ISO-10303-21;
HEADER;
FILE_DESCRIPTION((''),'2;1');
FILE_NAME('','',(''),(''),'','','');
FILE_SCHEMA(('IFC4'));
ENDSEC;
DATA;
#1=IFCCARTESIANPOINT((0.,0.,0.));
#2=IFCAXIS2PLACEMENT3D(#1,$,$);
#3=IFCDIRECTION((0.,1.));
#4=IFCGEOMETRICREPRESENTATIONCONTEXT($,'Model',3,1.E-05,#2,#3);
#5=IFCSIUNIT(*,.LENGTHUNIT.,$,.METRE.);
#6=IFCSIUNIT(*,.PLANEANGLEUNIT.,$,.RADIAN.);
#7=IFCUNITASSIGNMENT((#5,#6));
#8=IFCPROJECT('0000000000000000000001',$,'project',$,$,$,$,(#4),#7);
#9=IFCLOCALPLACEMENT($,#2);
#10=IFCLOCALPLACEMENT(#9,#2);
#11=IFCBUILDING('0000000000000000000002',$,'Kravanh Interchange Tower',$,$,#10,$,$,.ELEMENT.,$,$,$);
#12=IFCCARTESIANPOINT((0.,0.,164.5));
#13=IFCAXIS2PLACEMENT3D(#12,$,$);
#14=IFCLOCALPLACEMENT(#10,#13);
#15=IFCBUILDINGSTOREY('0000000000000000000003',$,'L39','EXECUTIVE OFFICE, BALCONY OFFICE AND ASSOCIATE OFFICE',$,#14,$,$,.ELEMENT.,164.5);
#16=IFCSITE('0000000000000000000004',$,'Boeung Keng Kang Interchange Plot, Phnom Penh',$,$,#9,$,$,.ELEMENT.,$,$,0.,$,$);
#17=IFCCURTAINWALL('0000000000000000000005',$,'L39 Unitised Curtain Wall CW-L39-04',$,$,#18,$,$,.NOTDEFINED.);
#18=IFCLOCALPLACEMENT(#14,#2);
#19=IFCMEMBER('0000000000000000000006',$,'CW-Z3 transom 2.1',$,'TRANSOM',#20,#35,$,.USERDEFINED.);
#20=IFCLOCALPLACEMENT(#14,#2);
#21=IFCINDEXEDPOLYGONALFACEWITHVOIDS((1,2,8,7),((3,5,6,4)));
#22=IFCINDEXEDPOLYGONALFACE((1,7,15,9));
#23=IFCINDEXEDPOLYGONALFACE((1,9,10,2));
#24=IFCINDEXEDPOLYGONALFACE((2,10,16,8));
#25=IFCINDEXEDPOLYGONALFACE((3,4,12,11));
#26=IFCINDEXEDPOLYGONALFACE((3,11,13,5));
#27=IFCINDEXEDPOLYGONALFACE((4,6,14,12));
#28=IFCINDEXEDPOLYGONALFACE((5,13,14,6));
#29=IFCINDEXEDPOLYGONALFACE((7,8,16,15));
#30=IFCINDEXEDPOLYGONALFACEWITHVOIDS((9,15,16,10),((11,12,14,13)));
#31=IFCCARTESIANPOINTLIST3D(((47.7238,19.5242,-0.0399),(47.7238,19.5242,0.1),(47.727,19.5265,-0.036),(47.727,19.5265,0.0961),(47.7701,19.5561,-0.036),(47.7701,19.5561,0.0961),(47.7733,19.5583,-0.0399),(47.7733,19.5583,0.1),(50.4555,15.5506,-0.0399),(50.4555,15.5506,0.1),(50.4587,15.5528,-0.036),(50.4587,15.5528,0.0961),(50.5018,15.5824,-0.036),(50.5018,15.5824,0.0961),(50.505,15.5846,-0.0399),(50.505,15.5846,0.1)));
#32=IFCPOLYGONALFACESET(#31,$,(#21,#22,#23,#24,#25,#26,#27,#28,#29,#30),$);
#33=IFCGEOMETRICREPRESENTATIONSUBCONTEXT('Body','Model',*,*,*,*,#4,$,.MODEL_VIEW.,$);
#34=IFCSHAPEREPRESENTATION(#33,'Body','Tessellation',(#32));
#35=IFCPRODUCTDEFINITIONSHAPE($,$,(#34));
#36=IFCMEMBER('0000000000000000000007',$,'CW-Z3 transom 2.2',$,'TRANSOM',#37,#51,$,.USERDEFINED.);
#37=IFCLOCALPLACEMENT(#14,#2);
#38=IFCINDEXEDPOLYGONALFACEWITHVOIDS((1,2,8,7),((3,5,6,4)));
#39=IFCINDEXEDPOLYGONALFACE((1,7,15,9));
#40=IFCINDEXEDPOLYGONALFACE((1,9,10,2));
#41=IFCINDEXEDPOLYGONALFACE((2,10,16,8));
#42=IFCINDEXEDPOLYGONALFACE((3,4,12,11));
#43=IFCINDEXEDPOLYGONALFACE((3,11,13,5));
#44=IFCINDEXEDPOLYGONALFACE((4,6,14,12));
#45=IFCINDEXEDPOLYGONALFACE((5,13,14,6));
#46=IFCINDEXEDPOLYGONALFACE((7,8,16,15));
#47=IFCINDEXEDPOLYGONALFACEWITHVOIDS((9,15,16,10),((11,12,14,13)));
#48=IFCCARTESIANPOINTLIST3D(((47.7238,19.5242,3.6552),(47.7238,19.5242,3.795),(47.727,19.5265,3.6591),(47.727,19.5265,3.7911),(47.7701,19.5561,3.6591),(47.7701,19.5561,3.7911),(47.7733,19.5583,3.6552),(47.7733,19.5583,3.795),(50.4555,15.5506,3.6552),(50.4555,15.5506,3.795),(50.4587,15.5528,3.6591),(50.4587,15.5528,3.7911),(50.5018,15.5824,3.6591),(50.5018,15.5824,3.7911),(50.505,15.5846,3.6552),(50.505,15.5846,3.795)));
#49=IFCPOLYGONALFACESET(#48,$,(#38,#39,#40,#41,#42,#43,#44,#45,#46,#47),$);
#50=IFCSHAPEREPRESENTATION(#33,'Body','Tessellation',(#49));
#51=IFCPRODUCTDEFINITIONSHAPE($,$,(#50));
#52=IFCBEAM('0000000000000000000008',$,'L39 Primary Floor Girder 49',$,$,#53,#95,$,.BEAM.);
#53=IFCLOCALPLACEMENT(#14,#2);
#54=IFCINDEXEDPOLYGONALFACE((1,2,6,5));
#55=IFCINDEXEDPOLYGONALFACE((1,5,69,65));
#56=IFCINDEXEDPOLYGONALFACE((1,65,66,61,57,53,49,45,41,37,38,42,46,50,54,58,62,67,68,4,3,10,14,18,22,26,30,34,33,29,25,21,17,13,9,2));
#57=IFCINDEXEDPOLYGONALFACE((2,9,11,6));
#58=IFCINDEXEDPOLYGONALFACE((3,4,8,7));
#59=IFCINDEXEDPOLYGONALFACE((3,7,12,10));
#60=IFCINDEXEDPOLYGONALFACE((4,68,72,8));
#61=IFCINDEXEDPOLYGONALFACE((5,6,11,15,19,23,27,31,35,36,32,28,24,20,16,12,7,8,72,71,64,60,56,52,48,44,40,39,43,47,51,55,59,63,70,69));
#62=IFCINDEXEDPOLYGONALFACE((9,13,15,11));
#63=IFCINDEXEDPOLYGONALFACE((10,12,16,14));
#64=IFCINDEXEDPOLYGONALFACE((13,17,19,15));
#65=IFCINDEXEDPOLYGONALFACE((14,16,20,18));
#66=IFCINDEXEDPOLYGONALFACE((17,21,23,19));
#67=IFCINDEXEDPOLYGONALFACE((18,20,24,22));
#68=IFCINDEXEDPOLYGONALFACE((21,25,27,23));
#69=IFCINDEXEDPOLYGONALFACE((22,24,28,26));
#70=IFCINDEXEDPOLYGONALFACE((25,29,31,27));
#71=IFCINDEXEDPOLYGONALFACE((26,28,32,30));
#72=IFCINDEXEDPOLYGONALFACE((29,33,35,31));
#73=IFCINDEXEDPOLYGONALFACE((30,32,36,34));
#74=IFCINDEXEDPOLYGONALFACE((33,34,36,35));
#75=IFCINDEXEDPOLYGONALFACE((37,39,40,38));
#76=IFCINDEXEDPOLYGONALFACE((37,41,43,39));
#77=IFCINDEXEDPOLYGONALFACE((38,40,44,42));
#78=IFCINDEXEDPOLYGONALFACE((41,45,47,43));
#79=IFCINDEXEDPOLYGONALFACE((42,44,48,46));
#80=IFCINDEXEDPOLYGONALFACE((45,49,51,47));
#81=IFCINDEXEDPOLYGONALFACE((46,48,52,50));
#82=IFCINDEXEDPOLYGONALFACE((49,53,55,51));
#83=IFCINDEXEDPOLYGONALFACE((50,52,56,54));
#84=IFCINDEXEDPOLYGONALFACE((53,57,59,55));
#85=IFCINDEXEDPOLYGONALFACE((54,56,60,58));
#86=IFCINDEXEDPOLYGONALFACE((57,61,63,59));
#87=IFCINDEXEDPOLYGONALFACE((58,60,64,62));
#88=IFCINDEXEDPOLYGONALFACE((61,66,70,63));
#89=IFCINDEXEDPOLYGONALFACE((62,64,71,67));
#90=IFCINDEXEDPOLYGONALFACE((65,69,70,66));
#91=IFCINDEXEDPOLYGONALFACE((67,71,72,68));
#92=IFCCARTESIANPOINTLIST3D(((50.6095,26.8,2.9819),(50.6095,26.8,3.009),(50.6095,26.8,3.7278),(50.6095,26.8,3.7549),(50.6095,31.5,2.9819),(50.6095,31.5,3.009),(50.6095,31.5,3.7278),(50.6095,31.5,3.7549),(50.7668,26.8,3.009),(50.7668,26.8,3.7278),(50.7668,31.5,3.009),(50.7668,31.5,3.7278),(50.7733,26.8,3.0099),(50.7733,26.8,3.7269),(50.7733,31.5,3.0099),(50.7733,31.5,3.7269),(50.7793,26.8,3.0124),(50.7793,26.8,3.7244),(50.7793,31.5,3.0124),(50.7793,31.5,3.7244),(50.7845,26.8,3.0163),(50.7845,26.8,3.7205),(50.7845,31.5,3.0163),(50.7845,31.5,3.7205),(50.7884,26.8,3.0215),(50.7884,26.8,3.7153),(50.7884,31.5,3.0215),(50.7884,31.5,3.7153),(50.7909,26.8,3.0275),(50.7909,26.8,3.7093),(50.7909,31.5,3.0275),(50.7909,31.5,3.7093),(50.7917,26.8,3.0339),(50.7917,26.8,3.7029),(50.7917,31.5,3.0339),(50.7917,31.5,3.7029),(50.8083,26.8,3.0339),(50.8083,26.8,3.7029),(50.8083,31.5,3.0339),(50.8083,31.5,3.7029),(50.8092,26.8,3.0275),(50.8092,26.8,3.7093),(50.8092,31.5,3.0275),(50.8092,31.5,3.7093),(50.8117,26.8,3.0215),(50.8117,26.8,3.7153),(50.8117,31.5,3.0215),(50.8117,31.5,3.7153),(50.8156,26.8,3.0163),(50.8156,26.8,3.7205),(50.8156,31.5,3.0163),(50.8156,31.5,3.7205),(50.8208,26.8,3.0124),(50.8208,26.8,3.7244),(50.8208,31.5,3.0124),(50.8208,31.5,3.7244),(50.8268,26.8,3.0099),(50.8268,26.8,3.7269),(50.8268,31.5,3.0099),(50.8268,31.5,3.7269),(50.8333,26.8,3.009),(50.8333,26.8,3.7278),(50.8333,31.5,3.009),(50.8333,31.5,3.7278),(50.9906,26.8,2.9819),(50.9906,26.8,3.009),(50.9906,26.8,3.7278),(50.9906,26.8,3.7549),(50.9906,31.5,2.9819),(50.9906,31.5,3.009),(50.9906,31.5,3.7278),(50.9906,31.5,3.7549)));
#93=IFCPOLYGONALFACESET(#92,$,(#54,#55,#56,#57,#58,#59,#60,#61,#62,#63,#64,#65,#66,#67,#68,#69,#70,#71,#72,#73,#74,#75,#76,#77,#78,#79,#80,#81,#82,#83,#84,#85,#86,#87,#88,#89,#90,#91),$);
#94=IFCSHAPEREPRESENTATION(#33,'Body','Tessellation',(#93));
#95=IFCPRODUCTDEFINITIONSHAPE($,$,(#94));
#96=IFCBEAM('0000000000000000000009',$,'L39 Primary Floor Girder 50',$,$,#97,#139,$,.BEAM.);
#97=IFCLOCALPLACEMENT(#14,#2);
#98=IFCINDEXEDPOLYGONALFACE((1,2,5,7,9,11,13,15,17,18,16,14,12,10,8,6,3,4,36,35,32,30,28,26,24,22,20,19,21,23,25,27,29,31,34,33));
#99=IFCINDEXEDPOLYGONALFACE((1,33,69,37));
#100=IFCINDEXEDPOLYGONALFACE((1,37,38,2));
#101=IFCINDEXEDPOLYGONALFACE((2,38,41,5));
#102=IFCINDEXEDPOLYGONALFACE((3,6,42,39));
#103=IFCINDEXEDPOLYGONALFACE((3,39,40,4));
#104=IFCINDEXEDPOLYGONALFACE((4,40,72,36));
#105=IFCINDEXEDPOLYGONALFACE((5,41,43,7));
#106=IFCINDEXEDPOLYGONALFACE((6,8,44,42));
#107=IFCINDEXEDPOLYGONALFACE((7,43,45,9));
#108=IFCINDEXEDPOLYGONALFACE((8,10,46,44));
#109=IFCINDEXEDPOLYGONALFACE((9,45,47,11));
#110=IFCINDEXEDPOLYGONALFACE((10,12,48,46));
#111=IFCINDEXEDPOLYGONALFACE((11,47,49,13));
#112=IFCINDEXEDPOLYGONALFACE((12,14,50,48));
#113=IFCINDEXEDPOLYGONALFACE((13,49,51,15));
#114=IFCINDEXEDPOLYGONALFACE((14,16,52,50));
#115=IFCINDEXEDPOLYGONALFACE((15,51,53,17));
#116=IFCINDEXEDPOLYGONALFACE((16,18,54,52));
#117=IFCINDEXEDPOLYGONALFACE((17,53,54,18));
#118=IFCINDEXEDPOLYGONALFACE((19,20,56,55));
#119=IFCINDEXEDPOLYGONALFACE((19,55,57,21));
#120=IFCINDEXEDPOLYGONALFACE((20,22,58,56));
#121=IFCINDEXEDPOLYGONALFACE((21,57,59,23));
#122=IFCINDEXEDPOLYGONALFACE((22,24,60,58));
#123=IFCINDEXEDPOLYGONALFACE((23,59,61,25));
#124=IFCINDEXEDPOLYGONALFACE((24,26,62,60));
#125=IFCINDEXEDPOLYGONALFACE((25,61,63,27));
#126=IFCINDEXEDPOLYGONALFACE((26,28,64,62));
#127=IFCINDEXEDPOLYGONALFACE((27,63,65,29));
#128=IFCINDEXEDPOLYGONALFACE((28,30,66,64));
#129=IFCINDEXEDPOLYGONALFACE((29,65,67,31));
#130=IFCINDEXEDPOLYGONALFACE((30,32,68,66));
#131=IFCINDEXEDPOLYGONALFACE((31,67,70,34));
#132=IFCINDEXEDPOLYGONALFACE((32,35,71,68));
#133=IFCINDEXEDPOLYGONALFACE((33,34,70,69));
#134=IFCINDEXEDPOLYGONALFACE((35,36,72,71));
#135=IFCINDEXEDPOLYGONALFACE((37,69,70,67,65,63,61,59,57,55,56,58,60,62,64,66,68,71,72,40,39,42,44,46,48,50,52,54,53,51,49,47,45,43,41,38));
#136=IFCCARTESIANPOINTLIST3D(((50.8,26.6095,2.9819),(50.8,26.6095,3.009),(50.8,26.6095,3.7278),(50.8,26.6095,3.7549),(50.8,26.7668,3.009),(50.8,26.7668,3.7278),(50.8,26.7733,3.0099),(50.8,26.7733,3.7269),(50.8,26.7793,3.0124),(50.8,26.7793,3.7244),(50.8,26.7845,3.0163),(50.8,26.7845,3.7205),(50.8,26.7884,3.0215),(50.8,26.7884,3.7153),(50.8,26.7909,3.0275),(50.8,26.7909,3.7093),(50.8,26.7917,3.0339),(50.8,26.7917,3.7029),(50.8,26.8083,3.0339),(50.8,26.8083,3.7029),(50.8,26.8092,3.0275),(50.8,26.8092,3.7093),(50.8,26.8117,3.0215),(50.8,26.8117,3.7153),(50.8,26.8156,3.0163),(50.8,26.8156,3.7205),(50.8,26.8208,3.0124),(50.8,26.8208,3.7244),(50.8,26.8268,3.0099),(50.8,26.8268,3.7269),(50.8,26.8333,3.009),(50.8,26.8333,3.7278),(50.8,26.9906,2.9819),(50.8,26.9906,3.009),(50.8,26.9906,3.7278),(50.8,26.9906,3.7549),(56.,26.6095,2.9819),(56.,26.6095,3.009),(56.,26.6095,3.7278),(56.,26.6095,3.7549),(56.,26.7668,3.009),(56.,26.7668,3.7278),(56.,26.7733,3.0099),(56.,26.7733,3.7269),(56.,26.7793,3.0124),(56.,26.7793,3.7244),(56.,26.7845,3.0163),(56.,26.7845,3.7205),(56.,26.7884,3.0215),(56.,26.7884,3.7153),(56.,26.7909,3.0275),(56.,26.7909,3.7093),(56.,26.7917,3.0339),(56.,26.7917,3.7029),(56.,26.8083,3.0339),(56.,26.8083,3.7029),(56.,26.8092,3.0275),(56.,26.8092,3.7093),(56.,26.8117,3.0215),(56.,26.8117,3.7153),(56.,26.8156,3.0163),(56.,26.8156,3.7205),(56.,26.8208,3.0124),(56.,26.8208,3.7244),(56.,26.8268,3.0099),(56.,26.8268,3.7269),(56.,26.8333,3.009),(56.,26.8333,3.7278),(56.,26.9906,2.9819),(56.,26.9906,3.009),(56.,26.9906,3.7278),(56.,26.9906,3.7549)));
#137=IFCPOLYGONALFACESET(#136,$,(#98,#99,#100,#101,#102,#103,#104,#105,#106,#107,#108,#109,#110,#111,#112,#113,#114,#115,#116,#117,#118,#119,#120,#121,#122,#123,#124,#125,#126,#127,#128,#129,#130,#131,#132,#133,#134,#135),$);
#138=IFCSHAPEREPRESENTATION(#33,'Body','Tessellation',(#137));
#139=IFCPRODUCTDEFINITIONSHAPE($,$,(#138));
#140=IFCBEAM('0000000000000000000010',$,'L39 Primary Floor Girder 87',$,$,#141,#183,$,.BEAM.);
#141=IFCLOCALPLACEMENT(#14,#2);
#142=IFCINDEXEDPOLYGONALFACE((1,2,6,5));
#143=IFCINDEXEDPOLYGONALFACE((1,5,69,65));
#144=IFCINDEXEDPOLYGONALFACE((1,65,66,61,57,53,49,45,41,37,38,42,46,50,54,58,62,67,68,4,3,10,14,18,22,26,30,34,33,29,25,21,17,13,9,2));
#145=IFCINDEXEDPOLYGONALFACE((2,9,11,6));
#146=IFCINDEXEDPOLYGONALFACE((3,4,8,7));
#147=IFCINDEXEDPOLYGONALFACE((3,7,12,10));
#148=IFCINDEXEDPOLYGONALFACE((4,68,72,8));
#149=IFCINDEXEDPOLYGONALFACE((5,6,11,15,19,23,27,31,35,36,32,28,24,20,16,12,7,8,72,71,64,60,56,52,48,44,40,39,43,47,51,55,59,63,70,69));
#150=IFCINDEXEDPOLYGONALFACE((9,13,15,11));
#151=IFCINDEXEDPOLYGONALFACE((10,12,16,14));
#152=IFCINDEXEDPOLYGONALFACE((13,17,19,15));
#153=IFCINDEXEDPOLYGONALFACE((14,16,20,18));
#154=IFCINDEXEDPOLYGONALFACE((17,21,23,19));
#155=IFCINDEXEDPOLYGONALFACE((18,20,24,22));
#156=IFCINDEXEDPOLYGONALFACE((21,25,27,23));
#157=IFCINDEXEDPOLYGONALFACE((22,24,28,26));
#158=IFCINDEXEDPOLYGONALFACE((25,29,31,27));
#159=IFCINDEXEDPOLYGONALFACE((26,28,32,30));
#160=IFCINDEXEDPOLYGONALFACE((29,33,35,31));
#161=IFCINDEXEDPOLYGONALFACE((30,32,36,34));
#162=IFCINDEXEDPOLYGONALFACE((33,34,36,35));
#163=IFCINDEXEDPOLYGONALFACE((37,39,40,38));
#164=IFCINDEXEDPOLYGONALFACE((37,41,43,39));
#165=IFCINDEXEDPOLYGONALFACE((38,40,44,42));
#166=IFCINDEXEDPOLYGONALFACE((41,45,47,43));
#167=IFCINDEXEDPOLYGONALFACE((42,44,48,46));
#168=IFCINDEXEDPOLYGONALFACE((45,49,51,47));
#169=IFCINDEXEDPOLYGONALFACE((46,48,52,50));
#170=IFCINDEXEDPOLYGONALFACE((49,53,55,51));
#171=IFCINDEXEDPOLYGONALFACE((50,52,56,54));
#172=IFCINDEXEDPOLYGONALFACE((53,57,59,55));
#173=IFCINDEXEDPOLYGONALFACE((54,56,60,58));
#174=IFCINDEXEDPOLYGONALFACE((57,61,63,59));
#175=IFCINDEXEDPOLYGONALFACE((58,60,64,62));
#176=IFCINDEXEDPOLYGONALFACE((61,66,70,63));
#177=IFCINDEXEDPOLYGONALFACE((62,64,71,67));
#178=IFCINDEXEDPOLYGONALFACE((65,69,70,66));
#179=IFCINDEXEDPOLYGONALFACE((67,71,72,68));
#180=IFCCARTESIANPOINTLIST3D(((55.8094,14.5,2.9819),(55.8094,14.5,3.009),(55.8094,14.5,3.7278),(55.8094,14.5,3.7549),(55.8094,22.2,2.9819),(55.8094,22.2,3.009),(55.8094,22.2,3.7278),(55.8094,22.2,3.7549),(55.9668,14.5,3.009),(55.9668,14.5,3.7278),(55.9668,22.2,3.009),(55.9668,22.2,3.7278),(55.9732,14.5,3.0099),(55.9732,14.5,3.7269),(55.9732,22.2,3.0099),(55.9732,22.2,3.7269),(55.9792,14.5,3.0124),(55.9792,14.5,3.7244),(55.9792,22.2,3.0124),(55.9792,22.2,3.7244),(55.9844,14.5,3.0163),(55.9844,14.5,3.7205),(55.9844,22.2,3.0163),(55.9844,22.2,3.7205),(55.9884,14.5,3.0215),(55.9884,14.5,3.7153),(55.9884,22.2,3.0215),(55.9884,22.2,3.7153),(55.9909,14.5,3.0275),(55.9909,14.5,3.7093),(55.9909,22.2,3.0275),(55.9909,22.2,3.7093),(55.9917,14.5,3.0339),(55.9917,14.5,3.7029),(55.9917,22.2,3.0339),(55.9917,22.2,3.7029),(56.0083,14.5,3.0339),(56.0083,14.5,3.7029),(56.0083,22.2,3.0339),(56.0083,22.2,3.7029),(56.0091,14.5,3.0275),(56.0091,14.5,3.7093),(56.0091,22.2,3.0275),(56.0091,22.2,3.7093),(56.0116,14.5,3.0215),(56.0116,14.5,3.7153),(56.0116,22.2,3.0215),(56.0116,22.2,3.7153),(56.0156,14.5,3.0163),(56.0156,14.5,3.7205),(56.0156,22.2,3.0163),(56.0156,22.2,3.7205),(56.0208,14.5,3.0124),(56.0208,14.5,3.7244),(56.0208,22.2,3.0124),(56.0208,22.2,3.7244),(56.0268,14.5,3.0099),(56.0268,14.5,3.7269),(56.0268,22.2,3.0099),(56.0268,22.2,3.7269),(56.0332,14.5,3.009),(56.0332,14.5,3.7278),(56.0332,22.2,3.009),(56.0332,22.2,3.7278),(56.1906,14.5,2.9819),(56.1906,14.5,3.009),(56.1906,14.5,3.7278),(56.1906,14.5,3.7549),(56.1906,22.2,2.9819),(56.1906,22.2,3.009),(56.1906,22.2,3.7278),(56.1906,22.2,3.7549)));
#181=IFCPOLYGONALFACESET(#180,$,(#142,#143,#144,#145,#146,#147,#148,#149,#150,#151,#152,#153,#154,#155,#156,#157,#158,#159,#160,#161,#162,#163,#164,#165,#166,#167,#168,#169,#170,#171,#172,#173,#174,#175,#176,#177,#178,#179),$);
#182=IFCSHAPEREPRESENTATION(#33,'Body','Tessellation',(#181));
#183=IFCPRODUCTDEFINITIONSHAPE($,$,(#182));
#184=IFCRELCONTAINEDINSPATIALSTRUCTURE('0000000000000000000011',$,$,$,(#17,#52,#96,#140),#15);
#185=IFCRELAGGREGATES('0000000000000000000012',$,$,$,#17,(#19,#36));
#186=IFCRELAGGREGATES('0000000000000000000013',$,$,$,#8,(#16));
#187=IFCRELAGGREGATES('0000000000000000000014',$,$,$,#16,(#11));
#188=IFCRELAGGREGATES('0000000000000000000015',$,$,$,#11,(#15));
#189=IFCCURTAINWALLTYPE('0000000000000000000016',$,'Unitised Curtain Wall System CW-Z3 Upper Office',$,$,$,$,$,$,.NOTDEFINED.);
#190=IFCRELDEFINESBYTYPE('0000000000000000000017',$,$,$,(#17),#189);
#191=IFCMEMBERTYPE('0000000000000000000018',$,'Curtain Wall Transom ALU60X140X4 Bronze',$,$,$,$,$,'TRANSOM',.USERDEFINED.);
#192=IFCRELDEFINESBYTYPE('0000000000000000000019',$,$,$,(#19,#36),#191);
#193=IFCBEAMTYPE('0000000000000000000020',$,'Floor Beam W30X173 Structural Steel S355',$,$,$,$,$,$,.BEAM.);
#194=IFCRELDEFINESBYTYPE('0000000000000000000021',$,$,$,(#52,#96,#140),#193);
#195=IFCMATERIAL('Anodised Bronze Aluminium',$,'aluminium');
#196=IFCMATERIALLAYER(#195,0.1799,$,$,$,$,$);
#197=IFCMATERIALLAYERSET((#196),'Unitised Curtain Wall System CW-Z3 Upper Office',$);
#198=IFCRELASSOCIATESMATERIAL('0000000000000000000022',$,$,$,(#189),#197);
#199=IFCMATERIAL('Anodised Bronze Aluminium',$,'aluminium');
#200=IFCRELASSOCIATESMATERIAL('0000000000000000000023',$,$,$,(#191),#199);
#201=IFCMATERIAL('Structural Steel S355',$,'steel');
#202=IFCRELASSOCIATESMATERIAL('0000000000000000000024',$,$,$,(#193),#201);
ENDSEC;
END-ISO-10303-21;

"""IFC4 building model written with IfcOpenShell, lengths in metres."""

from ifc_helpers import new_model, si_unit, direction, frame, origin, origin_2d, place, context, subcontext, project, spatial, hollow_rectangle, i_section, extrude, material, layer, layer_set, material_profile, profile_set, type_object, element, aggregate, save


model = new_model("IFC4")

# Units and contexts
model_context = context("Model", 3, precision=1e-05, world=origin(), true_north=direction((0.0, 1.0)))
body_context = subcontext(model_context, "Body", "Model", "MODEL_VIEW")
ifc_project = project(units=[si_unit("LENGTHUNIT", "METRE"), si_unit("PLANEANGLEUNIT", "RADIAN")], contexts=[model_context])

# Site, building, storey
site_placement = place(None, origin())
site = spatial("IfcSite", under=ifc_project, at=site_placement, Name="Boeung Keng Kang Interchange Plot, Phnom Penh", CompositionType="ELEMENT", RefElevation=0.0)
building_placement = place(site_placement, origin())
building = spatial("IfcBuilding", under=site, at=building_placement, Name="Kravanh Interchange Tower", CompositionType="ELEMENT")
storey_placement = place(building_placement, frame((0.0, 0.0, 164.5)))
storey = spatial("IfcBuildingStorey", under=building, at=storey_placement, Name="L39", Description="EXECUTIVE OFFICE, BALCONY OFFICE AND ASSOCIATE OFFICE", CompositionType="ELEMENT", Elevation=164.5)

# Shared definitions
ifc_material_1 = material(Name="Anodised Bronze Aluminium", Category="aluminium")
ifc_layer_1 = layer(ifc_material_1, 0.1799)
ifc_layer_set_1 = layer_set([ifc_layer_1], Name="Unitised Curtain Wall System CW-Z3 Upper Office")
curtain_wall_type = type_object("IfcCurtainWallType", Name="Unitised Curtain Wall System CW-Z3 Upper Office", PredefinedType="NOTDEFINED", material=ifc_layer_set_1)

# Curtain wall, members
curtain_wall_1_placement = place(storey_placement, origin())
curtain_wall_1 = element("IfcCurtainWall", 1, at=curtain_wall_1_placement, inside=storey, type_object=curtain_wall_type, Name="L39 Unitised Curtain Wall CW-L39-04", PredefinedType="NOTDEFINED")
ifc_material_2 = material(Name="Anodised Bronze Aluminium", Category="aluminium")
ifc_material_profile_1 = material_profile(ifc_material_2, hollow_rectangle(XDim=0.0601, YDim=0.1399, WallThickness=0.0039, at=origin_2d()), Name="ALU60X140X4")
ifc_profile_set_1 = profile_set([ifc_material_profile_1], Name="Anodised Bronze Aluminium")
member_type_1 = type_object("IfcMemberType", Name="Curtain Wall Transom ALU60X140X4 Bronze", ElementType="TRANSOM", PredefinedType="USERDEFINED", material=ifc_profile_set_1)
member_1_placement = place(storey_placement, frame((50.4802, 15.5676, 0.03), z_axis=(-0.566503, 0.82406, 0.0), x_axis=(-0.82406, -0.566503, 0.0)))
member_1 = element("IfcMember", 2, at=member_1_placement, type_object=member_type_1, Name="CW-Z3 transom 2.1", ObjectType="TRANSOM", PredefinedType="USERDEFINED", context=body_context, shape_type="SweptSolid", body=[
    extrude(hollow_rectangle(XDim=0.0601, YDim=0.1399, WallThickness=0.0039, at=origin_2d()), origin(), (0.0, 0.0, 1.0), 4.822),
])
member_2_placement = place(storey_placement, frame((50.4802, 15.5676, 3.7251), z_axis=(-0.566503, 0.82406, 0.0), x_axis=(-0.82406, -0.566503, 0.0)))
member_2 = element("IfcMember", 3, at=member_2_placement, type_object=member_type_1, Name="CW-Z3 transom 2.2", ObjectType="TRANSOM", PredefinedType="USERDEFINED", context=body_context, shape_type="SweptSolid", body=[
    extrude(hollow_rectangle(XDim=0.0601, YDim=0.1399, WallThickness=0.0039, at=origin_2d()), origin(), (0.0, 0.0, 1.0), 4.822),
])

# Beams
ifc_material_3 = material(Name="Structural Steel S355", Category="steel")
ifc_material_profile_2 = material_profile(ifc_material_3, i_section(OverallWidth=0.3811, OverallDepth=0.7729, WebThickness=0.0166, FlangeThickness=0.0271, FilletRadius=0.0249, at=origin_2d()), Name="W30X173")
ifc_profile_set_2 = profile_set([ifc_material_profile_2], Name="Structural Steel S355")
beam_type_1 = type_object("IfcBeamType", Name="Floor Beam W30X173 Structural Steel S355", PredefinedType="BEAM", material=ifc_profile_set_2)
beam_1_placement = place(storey_placement, frame((50.8, 26.8, 3.3684), z_axis=(0.0, 1.0, 0.0), x_axis=(-1.0, 0.0, 0.0)))
element("IfcBeam", 4, at=beam_1_placement, inside=storey, type_object=beam_type_1, Name="L39 Primary Floor Girder 49", PredefinedType="BEAM", context=body_context, shape_type="SweptSolid", body=[
    extrude(i_section(OverallWidth=0.3811, OverallDepth=0.7729, WebThickness=0.0166, FlangeThickness=0.0271, FilletRadius=0.0249, at=origin_2d()), origin(), (0.0, 0.0, 1.0), 4.7),
])
beam_2_placement = place(storey_placement, frame((50.8, 26.8, 3.3684), z_axis=(1.0, 0.0, 0.0), x_axis=(0.0, 1.0, 0.0)))
element("IfcBeam", 5, at=beam_2_placement, inside=storey, type_object=beam_type_1, Name="L39 Primary Floor Girder 50", PredefinedType="BEAM", context=body_context, shape_type="SweptSolid", body=[
    extrude(i_section(OverallWidth=0.3811, OverallDepth=0.7729, WebThickness=0.0166, FlangeThickness=0.0271, FilletRadius=0.0249, at=origin_2d()), origin(), (0.0, 0.0, 1.0), 5.2),
])
beam_3_placement = place(storey_placement, frame((56.0, 14.5, 3.3684), z_axis=(0.0, 1.0, 0.0), x_axis=(-1.0, 0.0, 0.0)))
element("IfcBeam", 6, at=beam_3_placement, inside=storey, type_object=beam_type_1, Name="L39 Primary Floor Girder 87", PredefinedType="BEAM", context=body_context, shape_type="SweptSolid", body=[
    extrude(i_section(OverallWidth=0.3811, OverallDepth=0.7729, WebThickness=0.0166, FlangeThickness=0.0271, FilletRadius=0.0249, at=origin_2d()), origin(), (0.0, 0.0, 1.0), 7.7),
])

aggregate(curtain_wall_1, [member_1, member_2])

save(model, "model.ifc")
